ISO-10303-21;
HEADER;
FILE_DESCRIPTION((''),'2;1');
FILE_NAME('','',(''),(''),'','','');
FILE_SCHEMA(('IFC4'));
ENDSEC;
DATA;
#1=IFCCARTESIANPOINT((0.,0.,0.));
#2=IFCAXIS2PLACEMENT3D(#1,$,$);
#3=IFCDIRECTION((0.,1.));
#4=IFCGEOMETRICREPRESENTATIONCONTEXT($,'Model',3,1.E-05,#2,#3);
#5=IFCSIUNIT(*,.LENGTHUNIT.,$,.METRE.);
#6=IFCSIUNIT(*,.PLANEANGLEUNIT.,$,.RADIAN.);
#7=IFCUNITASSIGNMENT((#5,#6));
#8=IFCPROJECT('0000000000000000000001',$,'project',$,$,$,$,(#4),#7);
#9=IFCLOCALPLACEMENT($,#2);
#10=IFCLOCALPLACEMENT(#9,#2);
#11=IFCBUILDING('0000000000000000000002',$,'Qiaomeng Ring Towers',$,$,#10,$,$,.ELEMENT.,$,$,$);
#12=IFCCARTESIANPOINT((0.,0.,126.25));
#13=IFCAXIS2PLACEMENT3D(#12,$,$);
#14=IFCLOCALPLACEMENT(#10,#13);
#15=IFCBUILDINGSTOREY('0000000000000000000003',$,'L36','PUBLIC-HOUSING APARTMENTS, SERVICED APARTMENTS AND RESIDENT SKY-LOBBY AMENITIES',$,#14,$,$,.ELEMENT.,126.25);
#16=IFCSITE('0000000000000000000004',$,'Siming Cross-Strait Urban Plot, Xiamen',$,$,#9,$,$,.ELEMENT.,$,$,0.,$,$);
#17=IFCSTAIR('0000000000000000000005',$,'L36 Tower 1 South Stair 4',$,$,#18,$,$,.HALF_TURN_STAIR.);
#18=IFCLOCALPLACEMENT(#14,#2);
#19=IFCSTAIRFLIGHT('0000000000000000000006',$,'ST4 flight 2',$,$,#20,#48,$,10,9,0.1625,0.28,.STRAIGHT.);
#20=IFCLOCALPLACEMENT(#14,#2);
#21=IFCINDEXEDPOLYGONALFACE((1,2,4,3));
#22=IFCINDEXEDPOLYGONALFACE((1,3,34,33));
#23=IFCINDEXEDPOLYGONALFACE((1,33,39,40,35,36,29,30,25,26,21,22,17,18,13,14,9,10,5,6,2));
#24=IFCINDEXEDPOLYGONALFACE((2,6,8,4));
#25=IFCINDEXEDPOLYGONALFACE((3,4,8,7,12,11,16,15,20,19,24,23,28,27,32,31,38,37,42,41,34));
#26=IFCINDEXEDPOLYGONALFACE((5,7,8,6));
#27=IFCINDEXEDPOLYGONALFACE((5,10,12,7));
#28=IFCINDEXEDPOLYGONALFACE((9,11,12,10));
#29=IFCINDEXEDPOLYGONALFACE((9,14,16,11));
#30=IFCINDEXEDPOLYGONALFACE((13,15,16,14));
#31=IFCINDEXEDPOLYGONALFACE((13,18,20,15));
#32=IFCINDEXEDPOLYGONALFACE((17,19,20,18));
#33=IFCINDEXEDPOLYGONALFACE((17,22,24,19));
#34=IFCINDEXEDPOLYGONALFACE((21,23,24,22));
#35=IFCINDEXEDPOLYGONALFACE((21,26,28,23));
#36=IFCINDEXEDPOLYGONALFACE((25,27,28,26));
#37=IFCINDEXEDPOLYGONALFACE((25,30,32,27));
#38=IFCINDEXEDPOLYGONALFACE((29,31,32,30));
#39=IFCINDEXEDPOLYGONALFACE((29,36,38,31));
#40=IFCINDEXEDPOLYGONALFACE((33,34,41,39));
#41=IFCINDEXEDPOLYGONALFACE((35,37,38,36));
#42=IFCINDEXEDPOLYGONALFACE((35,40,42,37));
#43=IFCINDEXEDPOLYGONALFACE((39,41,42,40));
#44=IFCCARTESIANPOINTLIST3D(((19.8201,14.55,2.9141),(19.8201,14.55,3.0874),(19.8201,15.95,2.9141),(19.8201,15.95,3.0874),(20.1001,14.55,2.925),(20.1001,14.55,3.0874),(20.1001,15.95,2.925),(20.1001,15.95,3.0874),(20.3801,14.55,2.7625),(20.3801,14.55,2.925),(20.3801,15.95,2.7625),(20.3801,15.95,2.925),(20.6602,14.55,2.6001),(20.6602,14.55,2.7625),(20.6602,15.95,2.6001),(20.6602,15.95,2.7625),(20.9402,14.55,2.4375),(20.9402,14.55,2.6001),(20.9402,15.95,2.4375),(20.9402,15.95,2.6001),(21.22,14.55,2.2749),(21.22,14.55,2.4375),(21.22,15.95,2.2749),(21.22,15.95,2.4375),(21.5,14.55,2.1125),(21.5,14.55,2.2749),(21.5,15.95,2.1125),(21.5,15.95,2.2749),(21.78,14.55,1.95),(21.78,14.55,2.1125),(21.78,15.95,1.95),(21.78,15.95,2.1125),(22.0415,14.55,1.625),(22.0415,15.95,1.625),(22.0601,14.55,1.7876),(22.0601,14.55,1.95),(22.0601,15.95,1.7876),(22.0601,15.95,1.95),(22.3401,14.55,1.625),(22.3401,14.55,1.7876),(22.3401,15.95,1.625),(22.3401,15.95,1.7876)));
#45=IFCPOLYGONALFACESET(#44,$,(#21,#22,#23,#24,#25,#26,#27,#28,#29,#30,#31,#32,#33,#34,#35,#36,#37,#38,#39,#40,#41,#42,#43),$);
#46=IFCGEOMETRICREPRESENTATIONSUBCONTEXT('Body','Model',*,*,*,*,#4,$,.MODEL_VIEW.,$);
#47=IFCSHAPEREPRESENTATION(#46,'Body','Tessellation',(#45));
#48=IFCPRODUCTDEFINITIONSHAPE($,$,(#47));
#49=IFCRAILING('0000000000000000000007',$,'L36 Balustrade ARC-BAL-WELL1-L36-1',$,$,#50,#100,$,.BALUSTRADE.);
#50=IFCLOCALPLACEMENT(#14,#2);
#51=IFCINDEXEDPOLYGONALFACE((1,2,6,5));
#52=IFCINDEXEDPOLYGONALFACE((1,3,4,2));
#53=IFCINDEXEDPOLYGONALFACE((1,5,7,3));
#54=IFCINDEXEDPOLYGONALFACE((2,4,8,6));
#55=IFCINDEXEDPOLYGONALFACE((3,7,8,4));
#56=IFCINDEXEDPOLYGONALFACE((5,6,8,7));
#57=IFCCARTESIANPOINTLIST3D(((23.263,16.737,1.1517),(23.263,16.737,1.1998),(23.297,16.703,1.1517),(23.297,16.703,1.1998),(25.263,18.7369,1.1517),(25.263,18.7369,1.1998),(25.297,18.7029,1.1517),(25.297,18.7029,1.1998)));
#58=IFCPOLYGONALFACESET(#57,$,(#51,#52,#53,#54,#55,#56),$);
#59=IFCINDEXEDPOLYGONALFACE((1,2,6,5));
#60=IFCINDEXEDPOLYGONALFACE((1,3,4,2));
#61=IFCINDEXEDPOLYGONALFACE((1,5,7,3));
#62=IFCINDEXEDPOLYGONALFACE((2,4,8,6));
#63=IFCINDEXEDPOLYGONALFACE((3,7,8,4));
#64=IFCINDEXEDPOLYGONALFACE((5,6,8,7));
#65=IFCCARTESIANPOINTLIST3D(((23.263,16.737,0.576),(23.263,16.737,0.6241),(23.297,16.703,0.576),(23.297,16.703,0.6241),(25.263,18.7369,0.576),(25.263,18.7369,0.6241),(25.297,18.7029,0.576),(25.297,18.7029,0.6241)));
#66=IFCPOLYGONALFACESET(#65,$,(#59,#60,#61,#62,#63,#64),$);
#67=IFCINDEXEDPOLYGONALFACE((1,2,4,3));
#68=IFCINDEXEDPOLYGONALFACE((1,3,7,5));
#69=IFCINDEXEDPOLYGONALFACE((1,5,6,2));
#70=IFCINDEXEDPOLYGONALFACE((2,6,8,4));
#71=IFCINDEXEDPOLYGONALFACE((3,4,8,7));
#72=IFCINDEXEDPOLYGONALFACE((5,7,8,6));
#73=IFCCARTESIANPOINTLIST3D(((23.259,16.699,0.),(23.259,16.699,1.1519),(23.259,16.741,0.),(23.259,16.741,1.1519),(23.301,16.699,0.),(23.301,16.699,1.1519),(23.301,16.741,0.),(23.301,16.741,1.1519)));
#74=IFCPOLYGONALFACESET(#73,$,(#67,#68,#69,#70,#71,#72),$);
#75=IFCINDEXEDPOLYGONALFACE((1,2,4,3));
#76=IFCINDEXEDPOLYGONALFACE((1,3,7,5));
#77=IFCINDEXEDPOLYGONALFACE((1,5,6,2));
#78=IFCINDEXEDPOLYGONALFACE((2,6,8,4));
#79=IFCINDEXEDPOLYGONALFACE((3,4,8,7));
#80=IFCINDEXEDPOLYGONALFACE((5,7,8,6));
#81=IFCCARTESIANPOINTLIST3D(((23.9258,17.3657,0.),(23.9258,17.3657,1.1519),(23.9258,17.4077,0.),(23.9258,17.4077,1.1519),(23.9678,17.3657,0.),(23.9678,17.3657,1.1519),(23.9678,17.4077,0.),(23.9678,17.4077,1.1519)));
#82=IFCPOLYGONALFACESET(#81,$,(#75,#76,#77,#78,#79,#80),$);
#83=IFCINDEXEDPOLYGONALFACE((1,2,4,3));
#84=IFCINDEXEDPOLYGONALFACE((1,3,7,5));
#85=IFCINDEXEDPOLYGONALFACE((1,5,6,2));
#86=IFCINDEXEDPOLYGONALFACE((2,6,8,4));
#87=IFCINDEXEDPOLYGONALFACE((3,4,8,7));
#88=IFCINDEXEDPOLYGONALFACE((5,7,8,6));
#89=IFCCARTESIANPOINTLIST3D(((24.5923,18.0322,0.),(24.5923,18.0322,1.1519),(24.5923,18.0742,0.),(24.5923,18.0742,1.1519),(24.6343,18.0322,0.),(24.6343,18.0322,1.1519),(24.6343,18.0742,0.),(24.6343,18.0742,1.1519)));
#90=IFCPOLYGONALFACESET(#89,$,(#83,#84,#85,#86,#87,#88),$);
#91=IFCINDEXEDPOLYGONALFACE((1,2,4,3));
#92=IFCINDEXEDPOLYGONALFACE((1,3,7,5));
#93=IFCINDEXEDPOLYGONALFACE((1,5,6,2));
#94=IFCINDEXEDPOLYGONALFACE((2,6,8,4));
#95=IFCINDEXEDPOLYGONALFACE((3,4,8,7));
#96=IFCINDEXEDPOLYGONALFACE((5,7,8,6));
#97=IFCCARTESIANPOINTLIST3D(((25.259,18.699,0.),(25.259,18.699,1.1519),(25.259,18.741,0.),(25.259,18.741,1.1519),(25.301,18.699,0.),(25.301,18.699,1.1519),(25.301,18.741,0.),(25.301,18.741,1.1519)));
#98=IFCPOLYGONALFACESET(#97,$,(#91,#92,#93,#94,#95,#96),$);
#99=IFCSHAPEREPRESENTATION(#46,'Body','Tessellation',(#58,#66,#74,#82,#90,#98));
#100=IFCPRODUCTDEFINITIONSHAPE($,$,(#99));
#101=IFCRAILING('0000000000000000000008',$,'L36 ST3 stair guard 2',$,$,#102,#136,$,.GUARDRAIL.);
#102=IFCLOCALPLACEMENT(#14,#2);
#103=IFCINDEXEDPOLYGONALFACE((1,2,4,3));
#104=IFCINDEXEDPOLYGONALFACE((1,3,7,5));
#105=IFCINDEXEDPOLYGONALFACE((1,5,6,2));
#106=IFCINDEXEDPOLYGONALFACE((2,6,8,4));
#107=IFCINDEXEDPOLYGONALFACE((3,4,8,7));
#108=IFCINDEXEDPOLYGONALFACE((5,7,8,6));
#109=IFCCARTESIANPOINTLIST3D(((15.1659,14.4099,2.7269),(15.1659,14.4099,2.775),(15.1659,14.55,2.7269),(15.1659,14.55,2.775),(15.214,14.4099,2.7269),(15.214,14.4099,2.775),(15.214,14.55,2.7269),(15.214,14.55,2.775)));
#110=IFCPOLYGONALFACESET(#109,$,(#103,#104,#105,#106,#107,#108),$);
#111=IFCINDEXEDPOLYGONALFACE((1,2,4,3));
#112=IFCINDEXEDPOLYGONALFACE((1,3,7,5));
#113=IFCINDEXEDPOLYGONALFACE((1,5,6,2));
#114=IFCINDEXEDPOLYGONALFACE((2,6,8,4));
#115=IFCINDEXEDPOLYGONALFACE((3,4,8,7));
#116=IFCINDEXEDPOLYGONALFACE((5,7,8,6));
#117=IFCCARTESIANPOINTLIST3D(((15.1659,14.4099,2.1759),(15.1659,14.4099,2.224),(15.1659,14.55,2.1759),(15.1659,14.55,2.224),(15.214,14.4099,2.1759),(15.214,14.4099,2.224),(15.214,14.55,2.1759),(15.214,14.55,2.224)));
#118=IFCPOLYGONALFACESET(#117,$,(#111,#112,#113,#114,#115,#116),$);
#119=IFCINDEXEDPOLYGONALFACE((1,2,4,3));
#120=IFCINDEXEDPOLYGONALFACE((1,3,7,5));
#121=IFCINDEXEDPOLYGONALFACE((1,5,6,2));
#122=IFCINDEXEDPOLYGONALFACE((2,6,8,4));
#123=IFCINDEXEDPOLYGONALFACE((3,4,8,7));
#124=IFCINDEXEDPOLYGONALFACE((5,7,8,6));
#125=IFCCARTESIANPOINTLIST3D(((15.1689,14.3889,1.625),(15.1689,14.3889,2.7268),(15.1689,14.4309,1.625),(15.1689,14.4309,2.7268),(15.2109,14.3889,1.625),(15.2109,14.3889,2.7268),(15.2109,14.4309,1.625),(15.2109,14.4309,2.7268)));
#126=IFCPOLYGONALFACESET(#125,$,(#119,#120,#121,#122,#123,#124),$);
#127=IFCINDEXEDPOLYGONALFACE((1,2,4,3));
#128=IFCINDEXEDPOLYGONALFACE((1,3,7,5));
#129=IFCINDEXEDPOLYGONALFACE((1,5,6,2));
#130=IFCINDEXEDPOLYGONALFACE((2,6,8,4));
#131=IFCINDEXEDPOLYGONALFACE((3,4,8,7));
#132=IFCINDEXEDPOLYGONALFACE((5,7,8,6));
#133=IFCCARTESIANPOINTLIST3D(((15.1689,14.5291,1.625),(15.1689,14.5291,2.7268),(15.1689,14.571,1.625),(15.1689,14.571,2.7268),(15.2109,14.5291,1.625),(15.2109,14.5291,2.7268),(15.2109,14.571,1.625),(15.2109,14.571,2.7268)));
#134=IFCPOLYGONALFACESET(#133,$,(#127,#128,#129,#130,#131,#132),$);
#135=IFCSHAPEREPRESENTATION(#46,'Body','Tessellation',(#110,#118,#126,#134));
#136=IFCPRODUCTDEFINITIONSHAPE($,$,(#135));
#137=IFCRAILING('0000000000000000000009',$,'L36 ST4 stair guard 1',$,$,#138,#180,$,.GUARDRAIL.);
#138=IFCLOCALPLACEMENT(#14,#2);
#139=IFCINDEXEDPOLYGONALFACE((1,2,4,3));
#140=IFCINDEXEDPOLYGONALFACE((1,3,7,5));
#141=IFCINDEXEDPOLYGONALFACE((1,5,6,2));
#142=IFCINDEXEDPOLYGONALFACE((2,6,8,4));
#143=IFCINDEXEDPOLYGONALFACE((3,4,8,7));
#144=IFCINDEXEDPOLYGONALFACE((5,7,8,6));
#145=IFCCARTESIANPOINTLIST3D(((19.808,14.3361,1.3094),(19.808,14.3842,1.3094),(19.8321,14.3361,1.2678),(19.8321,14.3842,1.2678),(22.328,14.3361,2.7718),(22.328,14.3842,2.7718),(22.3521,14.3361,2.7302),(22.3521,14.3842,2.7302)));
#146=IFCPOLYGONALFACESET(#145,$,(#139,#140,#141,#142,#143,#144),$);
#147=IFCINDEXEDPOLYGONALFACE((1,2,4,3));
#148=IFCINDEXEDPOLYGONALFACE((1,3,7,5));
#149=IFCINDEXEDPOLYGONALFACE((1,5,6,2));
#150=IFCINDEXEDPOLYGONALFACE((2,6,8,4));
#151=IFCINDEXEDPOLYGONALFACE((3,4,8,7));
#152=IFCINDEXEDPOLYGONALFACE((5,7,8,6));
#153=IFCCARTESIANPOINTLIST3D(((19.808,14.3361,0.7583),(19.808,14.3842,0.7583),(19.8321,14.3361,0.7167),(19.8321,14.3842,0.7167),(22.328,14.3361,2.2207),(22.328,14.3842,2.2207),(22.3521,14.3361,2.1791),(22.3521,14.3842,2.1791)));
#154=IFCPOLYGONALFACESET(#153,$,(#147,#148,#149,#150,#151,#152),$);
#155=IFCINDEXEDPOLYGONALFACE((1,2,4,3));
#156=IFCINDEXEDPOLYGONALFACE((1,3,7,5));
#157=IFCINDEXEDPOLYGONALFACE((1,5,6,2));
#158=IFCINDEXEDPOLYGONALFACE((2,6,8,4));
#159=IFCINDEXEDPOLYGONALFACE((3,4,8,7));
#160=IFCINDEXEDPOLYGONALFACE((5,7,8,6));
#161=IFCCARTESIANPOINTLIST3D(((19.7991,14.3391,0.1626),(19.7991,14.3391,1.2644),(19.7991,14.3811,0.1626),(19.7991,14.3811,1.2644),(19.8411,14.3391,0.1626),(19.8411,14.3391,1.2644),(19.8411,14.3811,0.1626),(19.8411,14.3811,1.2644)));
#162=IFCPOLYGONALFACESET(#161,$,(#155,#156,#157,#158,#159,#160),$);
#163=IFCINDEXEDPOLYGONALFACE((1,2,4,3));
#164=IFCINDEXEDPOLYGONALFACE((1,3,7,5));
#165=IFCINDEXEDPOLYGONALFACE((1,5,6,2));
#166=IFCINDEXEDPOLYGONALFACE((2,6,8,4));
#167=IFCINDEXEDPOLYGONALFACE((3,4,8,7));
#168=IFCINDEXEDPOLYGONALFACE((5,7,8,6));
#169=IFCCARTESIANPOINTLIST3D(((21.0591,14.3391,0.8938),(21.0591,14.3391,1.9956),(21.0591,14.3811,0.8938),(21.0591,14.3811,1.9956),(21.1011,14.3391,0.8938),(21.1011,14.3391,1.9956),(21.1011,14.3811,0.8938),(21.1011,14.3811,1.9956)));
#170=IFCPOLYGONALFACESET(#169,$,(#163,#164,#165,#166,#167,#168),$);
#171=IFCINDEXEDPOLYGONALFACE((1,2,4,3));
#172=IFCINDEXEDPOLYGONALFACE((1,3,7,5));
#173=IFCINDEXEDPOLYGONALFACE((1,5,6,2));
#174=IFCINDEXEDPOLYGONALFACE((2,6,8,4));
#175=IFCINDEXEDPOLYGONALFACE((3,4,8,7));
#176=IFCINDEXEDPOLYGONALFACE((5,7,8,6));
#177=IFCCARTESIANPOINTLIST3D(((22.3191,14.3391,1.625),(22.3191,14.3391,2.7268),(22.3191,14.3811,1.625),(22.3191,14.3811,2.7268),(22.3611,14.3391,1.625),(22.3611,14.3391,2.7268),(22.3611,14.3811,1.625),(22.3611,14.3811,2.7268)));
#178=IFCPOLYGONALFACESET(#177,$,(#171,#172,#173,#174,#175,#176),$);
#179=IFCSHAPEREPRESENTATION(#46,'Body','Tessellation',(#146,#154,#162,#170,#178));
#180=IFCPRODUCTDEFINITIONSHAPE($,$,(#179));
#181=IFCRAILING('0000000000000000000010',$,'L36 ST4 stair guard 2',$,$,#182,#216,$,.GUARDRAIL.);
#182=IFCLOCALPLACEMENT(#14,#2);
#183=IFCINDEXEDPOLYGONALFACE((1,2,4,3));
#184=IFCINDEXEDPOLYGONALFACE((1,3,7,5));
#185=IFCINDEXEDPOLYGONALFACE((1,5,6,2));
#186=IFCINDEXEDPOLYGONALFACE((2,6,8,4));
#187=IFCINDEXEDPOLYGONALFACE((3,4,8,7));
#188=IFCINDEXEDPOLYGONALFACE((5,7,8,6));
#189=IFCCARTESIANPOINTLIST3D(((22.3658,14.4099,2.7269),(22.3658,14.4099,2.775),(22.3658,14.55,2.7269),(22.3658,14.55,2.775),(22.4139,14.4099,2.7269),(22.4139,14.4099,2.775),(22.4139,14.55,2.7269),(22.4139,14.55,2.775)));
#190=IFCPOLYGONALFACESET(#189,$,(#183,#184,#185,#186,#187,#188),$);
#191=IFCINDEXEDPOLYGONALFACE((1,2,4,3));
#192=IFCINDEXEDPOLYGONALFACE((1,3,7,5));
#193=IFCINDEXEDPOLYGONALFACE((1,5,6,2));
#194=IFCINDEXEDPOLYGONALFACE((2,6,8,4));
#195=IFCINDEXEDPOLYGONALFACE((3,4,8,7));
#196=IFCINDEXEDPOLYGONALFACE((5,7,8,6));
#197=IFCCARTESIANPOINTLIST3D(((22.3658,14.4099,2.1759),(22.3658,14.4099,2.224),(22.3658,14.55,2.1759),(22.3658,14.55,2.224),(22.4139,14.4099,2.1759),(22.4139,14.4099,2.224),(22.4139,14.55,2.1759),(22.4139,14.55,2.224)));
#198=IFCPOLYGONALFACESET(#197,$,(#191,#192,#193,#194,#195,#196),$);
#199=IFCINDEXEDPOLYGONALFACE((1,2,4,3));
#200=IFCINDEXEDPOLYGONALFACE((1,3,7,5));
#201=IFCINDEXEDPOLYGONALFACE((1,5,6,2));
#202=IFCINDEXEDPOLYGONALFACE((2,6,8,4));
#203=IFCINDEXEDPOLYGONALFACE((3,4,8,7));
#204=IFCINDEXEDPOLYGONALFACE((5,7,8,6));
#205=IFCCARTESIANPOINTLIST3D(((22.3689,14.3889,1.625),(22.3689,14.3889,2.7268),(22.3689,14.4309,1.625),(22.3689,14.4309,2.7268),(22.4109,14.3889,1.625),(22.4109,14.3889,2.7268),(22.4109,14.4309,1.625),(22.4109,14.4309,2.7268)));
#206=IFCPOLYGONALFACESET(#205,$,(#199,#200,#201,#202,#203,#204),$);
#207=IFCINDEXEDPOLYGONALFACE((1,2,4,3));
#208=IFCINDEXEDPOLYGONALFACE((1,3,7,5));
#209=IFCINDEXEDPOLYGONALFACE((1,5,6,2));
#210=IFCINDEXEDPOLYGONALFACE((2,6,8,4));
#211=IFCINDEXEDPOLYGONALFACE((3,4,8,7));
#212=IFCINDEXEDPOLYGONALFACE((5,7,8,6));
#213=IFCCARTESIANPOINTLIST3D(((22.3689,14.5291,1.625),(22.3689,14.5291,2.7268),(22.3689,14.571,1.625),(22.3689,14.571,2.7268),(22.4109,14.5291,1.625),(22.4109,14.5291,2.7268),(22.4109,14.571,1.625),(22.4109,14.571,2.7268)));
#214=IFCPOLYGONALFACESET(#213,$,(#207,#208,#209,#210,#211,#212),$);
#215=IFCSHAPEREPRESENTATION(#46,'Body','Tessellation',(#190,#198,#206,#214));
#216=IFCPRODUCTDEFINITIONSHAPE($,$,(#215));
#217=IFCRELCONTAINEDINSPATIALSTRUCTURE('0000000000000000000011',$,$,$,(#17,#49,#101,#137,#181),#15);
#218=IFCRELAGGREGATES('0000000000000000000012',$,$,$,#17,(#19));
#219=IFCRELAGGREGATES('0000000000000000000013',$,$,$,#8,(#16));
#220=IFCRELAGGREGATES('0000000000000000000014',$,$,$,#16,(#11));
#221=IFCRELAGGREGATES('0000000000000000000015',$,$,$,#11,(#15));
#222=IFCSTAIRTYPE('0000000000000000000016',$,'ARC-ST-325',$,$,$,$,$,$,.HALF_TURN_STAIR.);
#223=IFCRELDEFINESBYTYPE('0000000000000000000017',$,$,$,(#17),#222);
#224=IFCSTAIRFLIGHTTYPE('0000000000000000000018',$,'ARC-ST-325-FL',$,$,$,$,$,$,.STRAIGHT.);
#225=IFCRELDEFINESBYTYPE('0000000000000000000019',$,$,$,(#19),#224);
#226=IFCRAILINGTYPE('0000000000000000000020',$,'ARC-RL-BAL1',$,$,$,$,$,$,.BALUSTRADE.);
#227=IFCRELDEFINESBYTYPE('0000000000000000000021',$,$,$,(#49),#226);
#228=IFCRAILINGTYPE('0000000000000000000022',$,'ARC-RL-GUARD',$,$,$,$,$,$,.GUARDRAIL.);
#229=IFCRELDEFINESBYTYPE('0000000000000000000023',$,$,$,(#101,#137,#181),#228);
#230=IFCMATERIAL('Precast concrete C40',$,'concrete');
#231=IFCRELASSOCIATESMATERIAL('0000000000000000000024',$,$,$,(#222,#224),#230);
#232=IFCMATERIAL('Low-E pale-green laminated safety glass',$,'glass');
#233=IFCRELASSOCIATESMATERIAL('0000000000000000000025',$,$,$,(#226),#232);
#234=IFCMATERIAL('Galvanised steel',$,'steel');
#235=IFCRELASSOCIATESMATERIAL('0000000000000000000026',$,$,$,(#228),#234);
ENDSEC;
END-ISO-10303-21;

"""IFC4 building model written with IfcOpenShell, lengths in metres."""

from ifc_helpers import new_model, si_unit, direction, frame, origin, origin_2d, place, context, subcontext, project, spatial, polyline, rectangle, outline, extrude, source, transform, mapped, material, type_object, element, aggregate, save


model = new_model("IFC4")

# Units and contexts
model_context = context("Model", 3, precision=1e-05, world=origin(), true_north=direction((0.0, 1.0)))
body_context = subcontext(model_context, "Body", "Model", "MODEL_VIEW")
ifc_project = project(units=[si_unit("LENGTHUNIT", "METRE"), si_unit("PLANEANGLEUNIT", "RADIAN")], contexts=[model_context])

# Site, building, storey
site_placement = place(None, origin())
site = spatial("IfcSite", under=ifc_project, at=site_placement, Name="Siming Cross-Strait Urban Plot, Xiamen", CompositionType="ELEMENT", RefElevation=0.0)
building_placement = place(site_placement, origin())
building = spatial("IfcBuilding", under=site, at=building_placement, Name="Qiaomeng Ring Towers", CompositionType="ELEMENT")
storey_placement = place(building_placement, frame((0.0, 0.0, 126.25)))
storey = spatial("IfcBuildingStorey", under=building, at=storey_placement, Name="L36", Description="PUBLIC-HOUSING APARTMENTS, SERVICED APARTMENTS AND RESIDENT SKY-LOBBY AMENITIES", CompositionType="ELEMENT", Elevation=126.25)

# Shared definitions
ifc_material_1 = material(Name="Galvanised steel", Category="steel")

# Stair, stair flight
ifc_material_2 = material(Name="Precast concrete C40", Category="concrete")
stair_type = type_object("IfcStairType", Name="ARC-ST-325", PredefinedType="HALF_TURN_STAIR", material=ifc_material_2)
stair_placement = place(storey_placement, origin())
stair = element("IfcStair", 1, at=stair_placement, inside=storey, type_object=stair_type, Name="L36 Tower 1 South Stair 4", PredefinedType="HALF_TURN_STAIR")
stair_flight_type = type_object("IfcStairFlightType", Name="ARC-ST-325-FL", PredefinedType="STRAIGHT", material=ifc_material_2)
shared_shape_1 = source(origin(), body_context, "Body", "SweptSolid", [
    extrude(outline(polyline([(0.0, 0.0), (0.0, 0.1626), (0.28, 0.1626), (0.28, 0.325), (0.5601, 0.325), (0.5601, 0.4875), (0.8401, 0.4875), (0.8401, 0.6499), (1.1201, 0.6499), (1.1201, 0.8125), (1.3999, 0.8125), (1.3999, 0.9751), (1.6799, 0.9751), (1.6799, 1.1375), (1.96, 1.1375), (1.96, 1.3), (2.24, 1.3), (2.24, 1.4624), (2.52, 1.4624), (2.52, 1.625), (2.52, 1.2891), (0.2986, 0.0), (0.0, 0.0)])), frame((0.0, 0.7, 0.0), z_axis=(0.0, -1.0, 0.0), x_axis=(1.0, 0.0, 0.0)), (0.0, 0.0, 1.0), 1.3999),
])
stair_flight_1_placement = place(storey_placement, frame((22.3401, 15.25, 1.625), z_axis=(0.0, 0.0, 1.0), x_axis=(-1.0, 0.0, 0.0)))
stair_flight_1 = element("IfcStairFlight", 2, at=stair_flight_1_placement, type_object=stair_flight_type, Name="ST4 flight 2", NumberOfRisers=10, NumberOfTreads=9, PredefinedType="STRAIGHT", RiserHeight=0.1625, TreadLength=0.28, context=body_context, shape_type="MappedRepresentation", body=[
    mapped(shared_shape_1, transform((0.0, 0.0, 0.0), x_axis=(1.0, 0.0, 0.0), y_axis=(0.0, 1.0, 0.0), z_axis=(0.0, 0.0, 1.0), scale=1.0)),
])
aggregate(stair, [stair_flight_1])

# Railings
ifc_material_3 = material(Name="Low-E pale-green laminated safety glass", Category="glass")
railing_type_1 = type_object("IfcRailingType", Name="ARC-RL-BAL1", PredefinedType="BALUSTRADE", material=ifc_material_3)
railing_1_placement = place(storey_placement, frame((23.28, 16.72, 0.0)))
element("IfcRailing", 3, at=railing_1_placement, inside=storey, type_object=railing_type_1, Name="L36 Balustrade ARC-BAL-WELL1-L36-1", PredefinedType="BALUSTRADE", context=body_context, shape_type="SweptSolid", body=[
    extrude(rectangle(XDim=0.0481, YDim=0.0481, at=origin_2d()), frame((0.0, 0.0, 1.1758), z_axis=(0.707107, 0.707107, 0.0), x_axis=(-0.707107, 0.707107, 0.0)), (0.0, 0.0, 1.0), 2.8284),
    extrude(rectangle(XDim=0.0481, YDim=0.0481, at=origin_2d()), frame((0.0, 0.0, 0.6001), z_axis=(0.707107, 0.707107, 0.0), x_axis=(-0.707107, 0.707107, 0.0)), (0.0, 0.0, 1.0), 2.8284),
    extrude(rectangle(XDim=0.042, YDim=0.042, at=origin_2d()), origin(), (0.0, 0.0, 1.0), 1.1519),
    extrude(rectangle(XDim=0.042, YDim=0.042, at=origin_2d()), frame((0.6667, 0.6667, 0.0)), (0.0, 0.0, 1.0), 1.1519),
    extrude(rectangle(XDim=0.042, YDim=0.042, at=origin_2d()), frame((1.3333, 1.3333, 0.0)), (0.0, 0.0, 1.0), 1.1519),
    extrude(rectangle(XDim=0.042, YDim=0.042, at=origin_2d()), frame((2.0, 2.0, 0.0)), (0.0, 0.0, 1.0), 1.1519),
])
railing_type_2 = type_object("IfcRailingType", Name="ARC-RL-GUARD", PredefinedType="GUARDRAIL", material=ifc_material_1)
railing_2_placement = place(storey_placement, frame((15.1899, 14.4099, 1.625)))
element("IfcRailing", 4, at=railing_2_placement, inside=storey, type_object=railing_type_2, Name="L36 ST3 stair guard 2", PredefinedType="GUARDRAIL", context=body_context, shape_type="SweptSolid", body=[
    extrude(rectangle(XDim=0.0481, YDim=0.0481, at=origin_2d()), frame((0.0, 0.0, 1.126), z_axis=(0.0, 1.0, 0.0), x_axis=(-1.0, 0.0, 0.0)), (0.0, 0.0, 1.0), 0.1401),
    extrude(rectangle(XDim=0.0481, YDim=0.0481, at=origin_2d()), frame((0.0, 0.0, 0.575), z_axis=(0.0, 1.0, 0.0), x_axis=(-1.0, 0.0, 0.0)), (0.0, 0.0, 1.0), 0.1401),
    extrude(rectangle(XDim=0.042, YDim=0.042, at=origin_2d()), origin(), (0.0, 0.0, 1.0), 1.1018),
    extrude(rectangle(XDim=0.042, YDim=0.042, at=origin_2d()), frame((0.0, 0.1401, 0.0)), (0.0, 0.0, 1.0), 1.1018),
])
railing_3_placement = place(storey_placement, frame((19.8201, 14.3601, 0.1626)))
element("IfcRailing", 5, at=railing_3_placement, inside=storey, type_object=railing_type_2, Name="L36 ST4 stair guard 1", PredefinedType="GUARDRAIL", context=body_context, shape_type="SweptSolid", body=[
    extrude(rectangle(XDim=0.0481, YDim=0.0481, at=origin_2d()), frame((0.0, 0.0, 1.126), z_axis=(0.864913, 0.0, 0.501921), x_axis=(0.0, 1.0, 0.0)), (0.0, 0.0, 1.0), 2.9136),
    extrude(rectangle(XDim=0.0481, YDim=0.0481, at=origin_2d()), frame((0.0, 0.0, 0.575), z_axis=(0.864913, 0.0, 0.501921), x_axis=(0.0, 1.0, 0.0)), (0.0, 0.0, 1.0), 2.9136),
    extrude(rectangle(XDim=0.042, YDim=0.042, at=origin_2d()), origin(), (0.0, 0.0, 1.0), 1.1018),
    extrude(rectangle(XDim=0.042, YDim=0.042, at=origin_2d()), frame((1.26, 0.0, 0.7312)), (0.0, 0.0, 1.0), 1.1018),
    extrude(rectangle(XDim=0.042, YDim=0.042, at=origin_2d()), frame((2.52, 0.0, 1.4624)), (0.0, 0.0, 1.0), 1.1018),
])
railing_4_placement = place(storey_placement, frame((22.3899, 14.4099, 1.625)))
element("IfcRailing", 6, at=railing_4_placement, inside=storey, type_object=railing_type_2, Name="L36 ST4 stair guard 2", PredefinedType="GUARDRAIL", context=body_context, shape_type="SweptSolid", body=[
    extrude(rectangle(XDim=0.0481, YDim=0.0481, at=origin_2d()), frame((0.0, 0.0, 1.126), z_axis=(0.0, 1.0, 0.0), x_axis=(-1.0, 0.0, 0.0)), (0.0, 0.0, 1.0), 0.1401),
    extrude(rectangle(XDim=0.0481, YDim=0.0481, at=origin_2d()), frame((0.0, 0.0, 0.575), z_axis=(0.0, 1.0, 0.0), x_axis=(-1.0, 0.0, 0.0)), (0.0, 0.0, 1.0), 0.1401),
    extrude(rectangle(XDim=0.042, YDim=0.042, at=origin_2d()), origin(), (0.0, 0.0, 1.0), 1.1018),
    extrude(rectangle(XDim=0.042, YDim=0.042, at=origin_2d()), frame((0.0, 0.1401, 0.0)), (0.0, 0.0, 1.0), 1.1018),
])

save(model, "model.ifc")
